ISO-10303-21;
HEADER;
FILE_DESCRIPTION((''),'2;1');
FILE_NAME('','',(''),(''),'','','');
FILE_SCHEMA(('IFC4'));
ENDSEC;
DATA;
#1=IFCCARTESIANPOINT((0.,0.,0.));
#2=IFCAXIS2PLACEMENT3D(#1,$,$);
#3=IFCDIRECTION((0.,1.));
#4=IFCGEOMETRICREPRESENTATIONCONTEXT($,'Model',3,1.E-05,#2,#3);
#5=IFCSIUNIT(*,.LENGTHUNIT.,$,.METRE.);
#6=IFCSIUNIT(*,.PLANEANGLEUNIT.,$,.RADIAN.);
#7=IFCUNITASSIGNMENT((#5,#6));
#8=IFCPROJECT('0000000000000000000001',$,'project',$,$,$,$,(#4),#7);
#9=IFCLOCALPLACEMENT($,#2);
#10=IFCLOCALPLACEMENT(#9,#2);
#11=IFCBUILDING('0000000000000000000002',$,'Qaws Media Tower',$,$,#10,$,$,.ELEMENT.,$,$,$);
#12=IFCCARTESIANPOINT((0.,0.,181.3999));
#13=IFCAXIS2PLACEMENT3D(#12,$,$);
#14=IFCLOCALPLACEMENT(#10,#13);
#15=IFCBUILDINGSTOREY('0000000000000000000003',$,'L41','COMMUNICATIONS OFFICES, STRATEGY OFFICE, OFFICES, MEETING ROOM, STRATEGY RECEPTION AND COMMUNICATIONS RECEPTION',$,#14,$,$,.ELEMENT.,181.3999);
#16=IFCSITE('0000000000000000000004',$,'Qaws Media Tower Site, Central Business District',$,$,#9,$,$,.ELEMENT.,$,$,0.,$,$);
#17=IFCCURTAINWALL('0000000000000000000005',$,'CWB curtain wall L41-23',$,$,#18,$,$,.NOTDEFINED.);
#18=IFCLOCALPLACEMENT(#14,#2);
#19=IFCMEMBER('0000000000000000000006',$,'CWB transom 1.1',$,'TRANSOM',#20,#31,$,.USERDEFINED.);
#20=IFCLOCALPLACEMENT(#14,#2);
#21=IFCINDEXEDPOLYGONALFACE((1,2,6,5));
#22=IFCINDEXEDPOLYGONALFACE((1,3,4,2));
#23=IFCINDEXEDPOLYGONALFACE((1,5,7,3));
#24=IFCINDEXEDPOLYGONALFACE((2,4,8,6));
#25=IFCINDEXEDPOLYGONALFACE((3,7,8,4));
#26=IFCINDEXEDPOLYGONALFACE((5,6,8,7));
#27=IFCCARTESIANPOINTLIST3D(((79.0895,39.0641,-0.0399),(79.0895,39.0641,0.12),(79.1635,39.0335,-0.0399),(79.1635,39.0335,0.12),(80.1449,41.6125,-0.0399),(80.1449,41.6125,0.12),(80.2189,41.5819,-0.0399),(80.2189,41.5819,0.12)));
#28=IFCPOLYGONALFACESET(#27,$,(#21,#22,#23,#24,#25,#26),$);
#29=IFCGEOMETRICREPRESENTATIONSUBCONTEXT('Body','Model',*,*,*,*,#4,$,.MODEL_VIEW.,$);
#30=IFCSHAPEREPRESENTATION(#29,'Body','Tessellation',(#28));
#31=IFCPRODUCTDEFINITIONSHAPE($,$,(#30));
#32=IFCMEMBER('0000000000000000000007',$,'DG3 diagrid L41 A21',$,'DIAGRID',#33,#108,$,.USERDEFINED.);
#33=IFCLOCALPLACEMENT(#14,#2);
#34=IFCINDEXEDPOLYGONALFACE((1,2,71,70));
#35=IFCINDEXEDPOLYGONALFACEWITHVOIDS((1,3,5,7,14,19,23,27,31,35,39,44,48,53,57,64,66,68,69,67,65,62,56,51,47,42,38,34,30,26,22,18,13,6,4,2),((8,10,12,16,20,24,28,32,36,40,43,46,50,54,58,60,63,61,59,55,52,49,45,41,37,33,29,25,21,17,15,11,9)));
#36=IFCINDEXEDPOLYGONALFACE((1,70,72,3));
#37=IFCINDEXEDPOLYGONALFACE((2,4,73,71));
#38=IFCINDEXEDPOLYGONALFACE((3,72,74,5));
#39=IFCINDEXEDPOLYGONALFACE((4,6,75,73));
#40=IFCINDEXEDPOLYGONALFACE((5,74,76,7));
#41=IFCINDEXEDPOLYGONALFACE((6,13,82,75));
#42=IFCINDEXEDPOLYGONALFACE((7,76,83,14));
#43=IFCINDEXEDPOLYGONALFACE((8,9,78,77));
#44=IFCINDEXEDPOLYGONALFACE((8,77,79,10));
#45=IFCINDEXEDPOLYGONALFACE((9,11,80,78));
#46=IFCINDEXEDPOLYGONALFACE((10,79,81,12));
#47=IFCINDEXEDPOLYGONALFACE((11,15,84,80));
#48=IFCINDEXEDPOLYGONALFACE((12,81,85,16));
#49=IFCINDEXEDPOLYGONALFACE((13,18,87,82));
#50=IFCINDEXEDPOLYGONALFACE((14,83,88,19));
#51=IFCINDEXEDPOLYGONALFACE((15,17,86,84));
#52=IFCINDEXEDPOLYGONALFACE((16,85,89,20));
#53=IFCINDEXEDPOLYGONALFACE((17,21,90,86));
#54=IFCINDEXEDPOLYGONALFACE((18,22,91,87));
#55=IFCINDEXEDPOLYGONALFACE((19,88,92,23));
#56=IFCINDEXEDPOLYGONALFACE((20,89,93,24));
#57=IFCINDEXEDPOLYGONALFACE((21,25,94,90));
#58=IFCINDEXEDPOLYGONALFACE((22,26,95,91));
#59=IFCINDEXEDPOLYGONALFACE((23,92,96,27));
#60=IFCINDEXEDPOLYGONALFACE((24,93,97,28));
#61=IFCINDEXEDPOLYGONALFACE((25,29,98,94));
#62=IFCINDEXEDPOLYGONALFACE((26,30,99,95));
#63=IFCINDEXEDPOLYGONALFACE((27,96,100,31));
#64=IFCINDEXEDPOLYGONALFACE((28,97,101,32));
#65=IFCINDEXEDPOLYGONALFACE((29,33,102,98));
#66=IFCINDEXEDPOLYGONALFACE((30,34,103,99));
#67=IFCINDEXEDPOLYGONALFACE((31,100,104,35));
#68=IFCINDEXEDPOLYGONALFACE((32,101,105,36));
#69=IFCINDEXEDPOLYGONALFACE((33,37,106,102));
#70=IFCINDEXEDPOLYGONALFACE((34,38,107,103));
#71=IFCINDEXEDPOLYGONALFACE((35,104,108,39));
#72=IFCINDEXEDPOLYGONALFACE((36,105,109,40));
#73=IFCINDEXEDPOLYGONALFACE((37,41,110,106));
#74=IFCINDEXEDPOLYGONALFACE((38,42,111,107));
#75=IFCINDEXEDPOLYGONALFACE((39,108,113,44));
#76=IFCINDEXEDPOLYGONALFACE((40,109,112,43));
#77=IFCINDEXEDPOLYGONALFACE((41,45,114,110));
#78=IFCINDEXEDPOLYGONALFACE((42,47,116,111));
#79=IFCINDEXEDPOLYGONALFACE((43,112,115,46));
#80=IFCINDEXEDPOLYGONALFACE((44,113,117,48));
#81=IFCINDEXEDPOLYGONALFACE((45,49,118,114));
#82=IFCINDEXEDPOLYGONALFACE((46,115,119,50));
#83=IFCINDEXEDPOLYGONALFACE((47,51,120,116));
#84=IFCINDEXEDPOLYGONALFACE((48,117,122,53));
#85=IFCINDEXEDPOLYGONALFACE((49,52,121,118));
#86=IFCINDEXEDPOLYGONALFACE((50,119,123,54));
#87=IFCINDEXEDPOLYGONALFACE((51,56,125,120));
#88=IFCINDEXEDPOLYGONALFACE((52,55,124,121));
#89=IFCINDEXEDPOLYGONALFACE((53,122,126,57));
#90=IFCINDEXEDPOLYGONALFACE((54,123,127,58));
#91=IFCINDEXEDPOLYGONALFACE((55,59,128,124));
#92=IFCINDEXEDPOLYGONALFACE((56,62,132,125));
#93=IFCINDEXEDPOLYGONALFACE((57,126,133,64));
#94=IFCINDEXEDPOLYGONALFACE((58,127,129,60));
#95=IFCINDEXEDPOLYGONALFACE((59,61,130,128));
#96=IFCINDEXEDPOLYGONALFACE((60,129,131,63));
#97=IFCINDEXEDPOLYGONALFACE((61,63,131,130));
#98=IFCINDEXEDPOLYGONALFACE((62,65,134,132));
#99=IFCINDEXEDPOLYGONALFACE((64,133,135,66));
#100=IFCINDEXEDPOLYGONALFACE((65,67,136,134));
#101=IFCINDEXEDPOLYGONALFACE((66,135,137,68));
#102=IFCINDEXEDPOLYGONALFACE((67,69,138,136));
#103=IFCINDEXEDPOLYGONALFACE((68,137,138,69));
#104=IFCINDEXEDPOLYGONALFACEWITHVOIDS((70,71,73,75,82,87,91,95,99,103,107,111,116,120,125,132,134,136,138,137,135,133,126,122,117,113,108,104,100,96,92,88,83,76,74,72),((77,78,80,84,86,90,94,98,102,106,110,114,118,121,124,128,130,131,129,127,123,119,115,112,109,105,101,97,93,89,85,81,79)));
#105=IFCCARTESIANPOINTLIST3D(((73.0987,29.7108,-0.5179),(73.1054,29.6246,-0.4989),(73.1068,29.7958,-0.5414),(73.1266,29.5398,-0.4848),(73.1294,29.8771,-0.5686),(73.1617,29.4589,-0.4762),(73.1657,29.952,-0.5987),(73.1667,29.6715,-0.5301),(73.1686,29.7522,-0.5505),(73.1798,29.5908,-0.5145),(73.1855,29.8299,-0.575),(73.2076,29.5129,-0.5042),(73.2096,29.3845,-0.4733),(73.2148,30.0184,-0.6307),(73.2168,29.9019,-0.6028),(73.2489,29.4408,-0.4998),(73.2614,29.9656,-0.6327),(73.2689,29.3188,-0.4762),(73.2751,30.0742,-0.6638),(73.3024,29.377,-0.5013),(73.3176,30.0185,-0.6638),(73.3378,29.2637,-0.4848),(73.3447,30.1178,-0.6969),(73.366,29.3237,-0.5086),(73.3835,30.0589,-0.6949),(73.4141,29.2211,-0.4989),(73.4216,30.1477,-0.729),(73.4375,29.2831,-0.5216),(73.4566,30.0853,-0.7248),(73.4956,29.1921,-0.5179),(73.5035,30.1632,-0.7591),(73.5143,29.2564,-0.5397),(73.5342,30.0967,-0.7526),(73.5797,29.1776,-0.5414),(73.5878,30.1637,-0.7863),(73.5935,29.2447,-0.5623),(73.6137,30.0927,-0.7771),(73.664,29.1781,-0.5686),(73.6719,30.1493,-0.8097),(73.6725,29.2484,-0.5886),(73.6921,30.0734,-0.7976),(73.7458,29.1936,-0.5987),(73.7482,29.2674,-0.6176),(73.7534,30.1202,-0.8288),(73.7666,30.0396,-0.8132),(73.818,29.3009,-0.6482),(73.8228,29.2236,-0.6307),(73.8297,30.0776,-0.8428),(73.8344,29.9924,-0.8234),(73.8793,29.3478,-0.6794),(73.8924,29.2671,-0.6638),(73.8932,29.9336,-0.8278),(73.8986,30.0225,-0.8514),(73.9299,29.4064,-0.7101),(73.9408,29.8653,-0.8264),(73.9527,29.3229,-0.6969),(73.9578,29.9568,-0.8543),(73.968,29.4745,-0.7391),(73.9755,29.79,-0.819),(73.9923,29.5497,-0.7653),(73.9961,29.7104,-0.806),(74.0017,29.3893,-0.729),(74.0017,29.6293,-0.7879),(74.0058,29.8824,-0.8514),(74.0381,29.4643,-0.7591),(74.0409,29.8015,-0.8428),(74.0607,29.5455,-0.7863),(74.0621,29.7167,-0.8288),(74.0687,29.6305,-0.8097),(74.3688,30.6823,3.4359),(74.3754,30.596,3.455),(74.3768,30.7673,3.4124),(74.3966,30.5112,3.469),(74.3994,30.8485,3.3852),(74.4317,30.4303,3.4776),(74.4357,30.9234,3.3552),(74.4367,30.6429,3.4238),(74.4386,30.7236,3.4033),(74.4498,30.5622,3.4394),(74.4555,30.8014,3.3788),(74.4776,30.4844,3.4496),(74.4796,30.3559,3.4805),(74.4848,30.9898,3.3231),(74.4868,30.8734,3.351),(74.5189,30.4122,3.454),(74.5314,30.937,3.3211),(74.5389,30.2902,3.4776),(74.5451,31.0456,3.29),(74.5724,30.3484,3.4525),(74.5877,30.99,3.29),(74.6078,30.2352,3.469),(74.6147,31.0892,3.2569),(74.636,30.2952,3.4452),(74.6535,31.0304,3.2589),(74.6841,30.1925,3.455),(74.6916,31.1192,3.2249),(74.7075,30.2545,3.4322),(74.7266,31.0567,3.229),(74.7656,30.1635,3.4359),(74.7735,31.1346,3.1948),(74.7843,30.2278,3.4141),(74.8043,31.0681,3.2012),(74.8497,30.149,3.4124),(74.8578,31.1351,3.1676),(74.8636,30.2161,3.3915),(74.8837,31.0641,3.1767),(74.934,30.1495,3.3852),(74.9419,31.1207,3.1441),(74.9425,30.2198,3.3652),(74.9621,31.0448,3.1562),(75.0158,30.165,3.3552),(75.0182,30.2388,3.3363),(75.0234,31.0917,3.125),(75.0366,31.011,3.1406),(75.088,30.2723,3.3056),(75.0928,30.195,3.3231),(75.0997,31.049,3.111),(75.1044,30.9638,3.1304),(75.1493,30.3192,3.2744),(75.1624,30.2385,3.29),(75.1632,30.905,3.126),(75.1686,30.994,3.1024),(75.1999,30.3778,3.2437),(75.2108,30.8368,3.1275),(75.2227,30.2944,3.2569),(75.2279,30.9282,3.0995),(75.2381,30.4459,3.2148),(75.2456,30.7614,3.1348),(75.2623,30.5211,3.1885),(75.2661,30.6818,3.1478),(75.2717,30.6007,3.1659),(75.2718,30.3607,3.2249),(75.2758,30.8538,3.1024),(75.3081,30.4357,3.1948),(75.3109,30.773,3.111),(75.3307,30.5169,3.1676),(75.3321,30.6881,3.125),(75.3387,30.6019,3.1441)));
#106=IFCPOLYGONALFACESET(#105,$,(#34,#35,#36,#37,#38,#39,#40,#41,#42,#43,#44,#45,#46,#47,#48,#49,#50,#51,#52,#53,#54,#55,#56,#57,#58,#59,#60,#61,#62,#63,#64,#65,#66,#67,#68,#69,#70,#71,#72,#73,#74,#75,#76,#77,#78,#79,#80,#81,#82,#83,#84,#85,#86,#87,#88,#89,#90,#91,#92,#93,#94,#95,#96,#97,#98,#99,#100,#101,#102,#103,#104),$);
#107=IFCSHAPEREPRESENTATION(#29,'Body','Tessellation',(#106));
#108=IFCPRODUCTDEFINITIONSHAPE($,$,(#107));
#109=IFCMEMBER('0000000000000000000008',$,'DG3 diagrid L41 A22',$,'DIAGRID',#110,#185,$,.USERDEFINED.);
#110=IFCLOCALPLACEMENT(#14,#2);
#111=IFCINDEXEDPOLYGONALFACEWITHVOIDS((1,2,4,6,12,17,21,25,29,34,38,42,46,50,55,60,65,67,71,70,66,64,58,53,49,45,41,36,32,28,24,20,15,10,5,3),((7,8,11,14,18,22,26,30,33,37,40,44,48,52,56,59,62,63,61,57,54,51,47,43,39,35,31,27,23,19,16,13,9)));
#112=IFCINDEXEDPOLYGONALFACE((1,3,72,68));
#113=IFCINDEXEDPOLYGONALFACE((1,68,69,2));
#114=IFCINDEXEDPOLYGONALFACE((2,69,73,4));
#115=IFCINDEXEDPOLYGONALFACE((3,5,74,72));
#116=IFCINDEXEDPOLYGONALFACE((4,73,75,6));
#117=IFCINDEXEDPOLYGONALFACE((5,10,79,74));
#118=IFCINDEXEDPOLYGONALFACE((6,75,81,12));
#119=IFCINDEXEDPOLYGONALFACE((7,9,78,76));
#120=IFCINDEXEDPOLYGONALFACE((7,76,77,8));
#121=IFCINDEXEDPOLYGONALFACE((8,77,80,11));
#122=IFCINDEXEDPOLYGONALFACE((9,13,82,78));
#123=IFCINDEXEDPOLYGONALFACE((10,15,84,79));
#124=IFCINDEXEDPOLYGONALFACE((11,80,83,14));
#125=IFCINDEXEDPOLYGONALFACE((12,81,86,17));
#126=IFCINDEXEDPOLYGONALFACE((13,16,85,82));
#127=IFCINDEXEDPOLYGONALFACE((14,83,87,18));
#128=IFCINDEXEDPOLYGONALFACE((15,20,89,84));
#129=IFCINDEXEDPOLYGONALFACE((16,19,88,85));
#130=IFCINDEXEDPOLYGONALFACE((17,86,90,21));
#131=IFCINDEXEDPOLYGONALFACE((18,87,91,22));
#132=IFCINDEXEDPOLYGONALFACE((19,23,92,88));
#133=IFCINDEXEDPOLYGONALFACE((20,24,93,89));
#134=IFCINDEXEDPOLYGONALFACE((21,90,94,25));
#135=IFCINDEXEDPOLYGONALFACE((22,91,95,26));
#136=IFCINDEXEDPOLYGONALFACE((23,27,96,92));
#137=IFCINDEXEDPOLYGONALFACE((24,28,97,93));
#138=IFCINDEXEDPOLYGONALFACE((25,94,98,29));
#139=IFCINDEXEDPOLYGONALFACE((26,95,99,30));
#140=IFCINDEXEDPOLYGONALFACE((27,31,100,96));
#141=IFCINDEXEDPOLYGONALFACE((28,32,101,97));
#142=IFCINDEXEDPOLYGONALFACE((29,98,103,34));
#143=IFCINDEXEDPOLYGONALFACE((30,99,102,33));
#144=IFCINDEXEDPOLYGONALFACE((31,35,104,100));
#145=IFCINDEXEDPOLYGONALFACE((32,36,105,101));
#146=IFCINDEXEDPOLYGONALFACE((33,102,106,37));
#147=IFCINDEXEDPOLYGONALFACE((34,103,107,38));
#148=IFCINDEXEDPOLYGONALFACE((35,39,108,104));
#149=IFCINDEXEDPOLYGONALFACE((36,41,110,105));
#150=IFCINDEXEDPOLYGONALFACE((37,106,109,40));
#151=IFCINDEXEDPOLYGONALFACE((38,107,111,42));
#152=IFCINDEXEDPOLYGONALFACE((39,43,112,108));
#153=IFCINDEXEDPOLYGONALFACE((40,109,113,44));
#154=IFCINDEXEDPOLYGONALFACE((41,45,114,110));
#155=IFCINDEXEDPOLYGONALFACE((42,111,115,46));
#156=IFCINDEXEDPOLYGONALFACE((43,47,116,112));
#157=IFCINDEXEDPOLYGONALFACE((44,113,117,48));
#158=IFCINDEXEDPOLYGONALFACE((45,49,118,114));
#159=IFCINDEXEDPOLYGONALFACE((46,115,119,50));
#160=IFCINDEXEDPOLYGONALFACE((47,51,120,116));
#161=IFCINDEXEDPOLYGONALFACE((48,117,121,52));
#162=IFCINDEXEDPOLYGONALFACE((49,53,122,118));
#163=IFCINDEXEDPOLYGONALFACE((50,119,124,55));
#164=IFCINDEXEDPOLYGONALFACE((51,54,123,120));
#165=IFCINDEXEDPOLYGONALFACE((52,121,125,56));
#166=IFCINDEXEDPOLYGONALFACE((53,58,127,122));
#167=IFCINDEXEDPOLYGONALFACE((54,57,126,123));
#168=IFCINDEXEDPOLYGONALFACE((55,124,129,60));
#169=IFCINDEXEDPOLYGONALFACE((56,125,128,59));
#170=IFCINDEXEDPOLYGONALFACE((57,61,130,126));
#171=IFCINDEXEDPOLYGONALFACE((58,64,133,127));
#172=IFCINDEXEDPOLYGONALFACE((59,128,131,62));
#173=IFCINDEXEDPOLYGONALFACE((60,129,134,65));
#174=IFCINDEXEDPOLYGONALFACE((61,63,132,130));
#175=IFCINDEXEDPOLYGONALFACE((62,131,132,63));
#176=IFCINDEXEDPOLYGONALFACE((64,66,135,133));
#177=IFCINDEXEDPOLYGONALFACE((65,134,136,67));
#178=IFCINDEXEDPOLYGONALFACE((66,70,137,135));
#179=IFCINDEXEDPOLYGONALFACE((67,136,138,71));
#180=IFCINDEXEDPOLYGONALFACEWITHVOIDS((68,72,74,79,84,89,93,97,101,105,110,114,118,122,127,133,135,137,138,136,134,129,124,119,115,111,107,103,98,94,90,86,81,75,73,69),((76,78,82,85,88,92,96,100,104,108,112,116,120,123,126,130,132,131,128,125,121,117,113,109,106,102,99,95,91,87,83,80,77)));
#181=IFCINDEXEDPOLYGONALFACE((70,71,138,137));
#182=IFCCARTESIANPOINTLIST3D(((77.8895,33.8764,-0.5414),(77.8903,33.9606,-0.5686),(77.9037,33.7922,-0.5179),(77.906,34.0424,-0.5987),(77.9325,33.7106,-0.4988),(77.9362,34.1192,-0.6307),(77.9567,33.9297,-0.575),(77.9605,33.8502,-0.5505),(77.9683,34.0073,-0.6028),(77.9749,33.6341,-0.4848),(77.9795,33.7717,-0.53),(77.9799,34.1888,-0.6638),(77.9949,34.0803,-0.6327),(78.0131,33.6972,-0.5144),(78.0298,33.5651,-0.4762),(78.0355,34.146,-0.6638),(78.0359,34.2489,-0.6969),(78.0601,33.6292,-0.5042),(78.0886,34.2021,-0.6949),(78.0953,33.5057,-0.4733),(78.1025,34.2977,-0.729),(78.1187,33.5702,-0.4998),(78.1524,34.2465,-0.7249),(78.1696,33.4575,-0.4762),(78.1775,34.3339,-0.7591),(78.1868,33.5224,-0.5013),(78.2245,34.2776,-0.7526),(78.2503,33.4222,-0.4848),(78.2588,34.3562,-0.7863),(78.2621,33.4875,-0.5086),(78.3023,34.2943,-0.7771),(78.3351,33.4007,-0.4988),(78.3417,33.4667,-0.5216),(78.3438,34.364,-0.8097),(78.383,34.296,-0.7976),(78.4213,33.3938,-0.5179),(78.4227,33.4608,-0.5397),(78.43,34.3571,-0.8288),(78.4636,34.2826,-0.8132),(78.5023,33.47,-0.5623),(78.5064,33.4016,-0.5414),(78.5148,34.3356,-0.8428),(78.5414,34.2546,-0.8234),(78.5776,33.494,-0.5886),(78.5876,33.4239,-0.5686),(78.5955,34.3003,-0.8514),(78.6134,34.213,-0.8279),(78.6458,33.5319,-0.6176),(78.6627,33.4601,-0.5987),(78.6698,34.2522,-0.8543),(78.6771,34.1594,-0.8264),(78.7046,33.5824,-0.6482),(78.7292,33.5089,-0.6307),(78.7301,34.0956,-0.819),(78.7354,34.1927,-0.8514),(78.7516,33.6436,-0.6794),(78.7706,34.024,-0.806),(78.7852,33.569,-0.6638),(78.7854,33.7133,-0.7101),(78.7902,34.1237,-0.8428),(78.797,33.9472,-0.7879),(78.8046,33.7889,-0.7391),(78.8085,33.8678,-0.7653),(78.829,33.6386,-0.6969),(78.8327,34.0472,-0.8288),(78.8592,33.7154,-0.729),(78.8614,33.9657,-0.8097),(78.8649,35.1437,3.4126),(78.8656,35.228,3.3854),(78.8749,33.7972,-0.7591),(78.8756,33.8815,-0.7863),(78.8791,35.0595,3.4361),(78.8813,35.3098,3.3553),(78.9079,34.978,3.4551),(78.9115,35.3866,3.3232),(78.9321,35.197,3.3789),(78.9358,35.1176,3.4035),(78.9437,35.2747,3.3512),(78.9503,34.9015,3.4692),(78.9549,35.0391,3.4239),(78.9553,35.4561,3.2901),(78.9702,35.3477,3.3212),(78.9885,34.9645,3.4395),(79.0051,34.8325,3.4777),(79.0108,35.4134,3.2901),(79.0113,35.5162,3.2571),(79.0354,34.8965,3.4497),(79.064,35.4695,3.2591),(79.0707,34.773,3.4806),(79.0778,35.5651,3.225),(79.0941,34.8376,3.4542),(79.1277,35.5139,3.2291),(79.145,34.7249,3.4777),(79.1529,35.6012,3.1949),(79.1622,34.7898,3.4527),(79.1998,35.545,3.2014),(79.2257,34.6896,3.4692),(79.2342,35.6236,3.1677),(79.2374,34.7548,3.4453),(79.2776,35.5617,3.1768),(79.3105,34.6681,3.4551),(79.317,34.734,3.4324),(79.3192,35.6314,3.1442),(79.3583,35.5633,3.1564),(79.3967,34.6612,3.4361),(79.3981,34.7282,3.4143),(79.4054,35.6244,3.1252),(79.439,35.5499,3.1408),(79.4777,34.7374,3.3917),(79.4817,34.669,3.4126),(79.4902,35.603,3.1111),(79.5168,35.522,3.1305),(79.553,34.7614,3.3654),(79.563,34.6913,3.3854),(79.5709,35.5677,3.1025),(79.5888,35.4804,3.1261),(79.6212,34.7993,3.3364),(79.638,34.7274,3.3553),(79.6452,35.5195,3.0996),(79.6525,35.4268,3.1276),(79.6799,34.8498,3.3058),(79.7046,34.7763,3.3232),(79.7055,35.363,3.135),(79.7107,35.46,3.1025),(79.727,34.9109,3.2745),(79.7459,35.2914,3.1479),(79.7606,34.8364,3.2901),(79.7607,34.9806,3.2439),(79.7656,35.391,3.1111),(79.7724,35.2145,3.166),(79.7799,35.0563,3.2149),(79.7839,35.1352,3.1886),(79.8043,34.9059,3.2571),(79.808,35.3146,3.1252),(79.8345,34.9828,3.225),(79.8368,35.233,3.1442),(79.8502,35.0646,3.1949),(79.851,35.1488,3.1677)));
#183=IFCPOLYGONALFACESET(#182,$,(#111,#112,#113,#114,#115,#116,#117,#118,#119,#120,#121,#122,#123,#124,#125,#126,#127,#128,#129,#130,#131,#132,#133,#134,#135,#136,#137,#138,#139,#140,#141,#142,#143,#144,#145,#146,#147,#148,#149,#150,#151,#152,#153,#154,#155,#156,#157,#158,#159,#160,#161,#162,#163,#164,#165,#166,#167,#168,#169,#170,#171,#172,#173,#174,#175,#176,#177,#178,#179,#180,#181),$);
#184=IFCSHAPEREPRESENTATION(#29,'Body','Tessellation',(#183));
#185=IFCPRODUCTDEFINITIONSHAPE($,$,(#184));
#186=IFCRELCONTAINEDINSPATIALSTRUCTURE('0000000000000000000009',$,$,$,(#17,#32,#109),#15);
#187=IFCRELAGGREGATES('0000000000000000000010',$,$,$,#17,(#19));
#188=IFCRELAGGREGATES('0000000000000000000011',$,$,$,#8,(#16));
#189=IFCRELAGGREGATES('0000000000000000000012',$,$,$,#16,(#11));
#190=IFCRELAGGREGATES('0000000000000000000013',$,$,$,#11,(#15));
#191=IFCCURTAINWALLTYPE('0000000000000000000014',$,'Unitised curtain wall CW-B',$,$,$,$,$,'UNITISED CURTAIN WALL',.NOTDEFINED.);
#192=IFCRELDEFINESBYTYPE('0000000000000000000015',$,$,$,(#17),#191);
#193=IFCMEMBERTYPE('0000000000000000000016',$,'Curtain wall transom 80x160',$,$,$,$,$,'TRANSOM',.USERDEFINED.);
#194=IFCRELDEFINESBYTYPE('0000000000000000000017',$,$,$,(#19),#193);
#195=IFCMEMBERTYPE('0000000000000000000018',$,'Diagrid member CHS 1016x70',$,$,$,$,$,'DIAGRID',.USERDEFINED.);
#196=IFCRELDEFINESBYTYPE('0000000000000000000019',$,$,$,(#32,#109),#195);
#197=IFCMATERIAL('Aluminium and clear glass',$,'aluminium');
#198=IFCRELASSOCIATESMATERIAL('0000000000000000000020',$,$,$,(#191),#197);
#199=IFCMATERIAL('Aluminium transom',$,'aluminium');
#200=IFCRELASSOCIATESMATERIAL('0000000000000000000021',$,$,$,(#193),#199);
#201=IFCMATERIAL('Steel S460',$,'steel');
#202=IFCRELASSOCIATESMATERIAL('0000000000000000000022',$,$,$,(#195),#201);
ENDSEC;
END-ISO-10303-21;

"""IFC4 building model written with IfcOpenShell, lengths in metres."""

from ifc_helpers import new_model, si_unit, direction, frame, origin, origin_2d, place, context, subcontext, project, spatial, rectangle, hollow_circle, extrude, material, material_profile, profile_set, type_object, element, aggregate, save


model = new_model("IFC4")

# Units and contexts
model_context = context("Model", 3, precision=1e-05, world=origin(), true_north=direction((0.0, 1.0)))
body_context = subcontext(model_context, "Body", "Model", "MODEL_VIEW")
ifc_project = project(units=[si_unit("LENGTHUNIT", "METRE"), si_unit("PLANEANGLEUNIT", "RADIAN")], contexts=[model_context])

# Site, building, storey
site_placement = place(None, origin())
site = spatial("IfcSite", under=ifc_project, at=site_placement, Name="Qaws Media Tower Site, Central Business District", CompositionType="ELEMENT", RefElevation=0.0)
building_placement = place(site_placement, origin())
building = spatial("IfcBuilding", under=site, at=building_placement, Name="Qaws Media Tower", CompositionType="ELEMENT")
storey_placement = place(building_placement, frame((0.0, 0.0, 181.3999)))
storey = spatial("IfcBuildingStorey", under=building, at=storey_placement, Name="L41", Description="COMMUNICATIONS OFFICES, STRATEGY OFFICE, OFFICES, MEETING ROOM, STRATEGY RECEPTION AND COMMUNICATIONS RECEPTION", CompositionType="ELEMENT", Elevation=181.3999)

# Shared definitions
ifc_material_1 = material(Name="Aluminium and clear glass", Category="aluminium")
curtain_wall_type = type_object("IfcCurtainWallType", Name="Unitised curtain wall CW-B", ElementType="UNITISED CURTAIN WALL", PredefinedType="NOTDEFINED", material=ifc_material_1)

# Curtain wall
curtain_wall_1_placement = place(storey_placement, origin())
curtain_wall_1 = element("IfcCurtainWall", 1, at=curtain_wall_1_placement, inside=storey, type_object=curtain_wall_type, Name="CWB curtain wall L41-23", PredefinedType="NOTDEFINED")

# Member
ifc_material_2 = material(Name="Aluminium transom", Category="aluminium")
ifc_material_profile_1 = material_profile(ifc_material_2, rectangle(XDim=0.0801, YDim=0.1599, at=origin_2d()), Name="80x160")
ifc_profile_set_1 = profile_set([ifc_material_profile_1], Name="Aluminium transom")
member_type_1 = type_object("IfcMemberType", Name="Curtain wall transom 80x160", ElementType="TRANSOM", PredefinedType="USERDEFINED", material=ifc_profile_set_1)
member_1_placement = place(storey_placement, frame((79.1265, 39.0488, 0.04), z_axis=(0.382641, 0.923897, 0.0), x_axis=(-0.923897, 0.382641, 0.0)))
member_1 = element("IfcMember", 2, at=member_1_placement, type_object=member_type_1, Name="CWB transom 1.1", ObjectType="TRANSOM", PredefinedType="USERDEFINED", context=body_context, shape_type="SweptSolid", body=[
    extrude(rectangle(XDim=0.0801, YDim=0.1599, at=origin_2d()), origin(), (0.0, 0.0, 1.0), 2.7583),
])
aggregate(curtain_wall_1, [member_1])

# Members
ifc_material_3 = material(Name="Steel S460", Category="steel")
ifc_material_profile_2 = material_profile(ifc_material_3, hollow_circle(Radius=0.5081, WallThickness=0.0701, at=origin_2d()), Name="CHS 1016x70")
ifc_profile_set_2 = profile_set([ifc_material_profile_2], Name="Steel S460")
member_type_2 = type_object("IfcMemberType", Name="Diagrid member CHS 1016x70", ElementType="DIAGRID", PredefinedType="USERDEFINED", material=ifc_profile_set_2)
member_2_placement = place(storey_placement, frame((73.5837, 29.6707, -0.6638), z_axis=(0.297782, 0.227773, 0.927063), x_axis=(-0.607546, 0.794284, 0.0)))
element("IfcMember", 3, at=member_2_placement, inside=storey, type_object=member_type_2, Name="DG3 diagrid L41 A21", ObjectType="DIAGRID", PredefinedType="USERDEFINED", context=body_context, shape_type="SweptSolid", body=[
    extrude(hollow_circle(Radius=0.5081, WallThickness=0.0701, at=origin_2d()), origin(), (0.0, 0.0, 1.0), 4.2649),
])
for number, where, z_axis, x_axis, name in (
    (4, (78.3826, 33.8789, -0.6638), (0.228684, 0.297146, 0.927043), (-0.792482, 0.609895, 0.0), "DG3 diagrid L41 A22"),
):
    element("IfcMember", number, at=place(storey_placement, frame(where, z_axis=z_axis, x_axis=x_axis)), inside=storey, type_object=member_type_2, Name=name, ObjectType="DIAGRID", PredefinedType="USERDEFINED", context=body_context, shape_type="SweptSolid", body=[
        extrude(hollow_circle(Radius=0.5081, WallThickness=0.0701, at=origin_2d()), origin(), (0.0, 0.0, 1.0), 4.2651),
    ])

save(model, "model.ifc")
